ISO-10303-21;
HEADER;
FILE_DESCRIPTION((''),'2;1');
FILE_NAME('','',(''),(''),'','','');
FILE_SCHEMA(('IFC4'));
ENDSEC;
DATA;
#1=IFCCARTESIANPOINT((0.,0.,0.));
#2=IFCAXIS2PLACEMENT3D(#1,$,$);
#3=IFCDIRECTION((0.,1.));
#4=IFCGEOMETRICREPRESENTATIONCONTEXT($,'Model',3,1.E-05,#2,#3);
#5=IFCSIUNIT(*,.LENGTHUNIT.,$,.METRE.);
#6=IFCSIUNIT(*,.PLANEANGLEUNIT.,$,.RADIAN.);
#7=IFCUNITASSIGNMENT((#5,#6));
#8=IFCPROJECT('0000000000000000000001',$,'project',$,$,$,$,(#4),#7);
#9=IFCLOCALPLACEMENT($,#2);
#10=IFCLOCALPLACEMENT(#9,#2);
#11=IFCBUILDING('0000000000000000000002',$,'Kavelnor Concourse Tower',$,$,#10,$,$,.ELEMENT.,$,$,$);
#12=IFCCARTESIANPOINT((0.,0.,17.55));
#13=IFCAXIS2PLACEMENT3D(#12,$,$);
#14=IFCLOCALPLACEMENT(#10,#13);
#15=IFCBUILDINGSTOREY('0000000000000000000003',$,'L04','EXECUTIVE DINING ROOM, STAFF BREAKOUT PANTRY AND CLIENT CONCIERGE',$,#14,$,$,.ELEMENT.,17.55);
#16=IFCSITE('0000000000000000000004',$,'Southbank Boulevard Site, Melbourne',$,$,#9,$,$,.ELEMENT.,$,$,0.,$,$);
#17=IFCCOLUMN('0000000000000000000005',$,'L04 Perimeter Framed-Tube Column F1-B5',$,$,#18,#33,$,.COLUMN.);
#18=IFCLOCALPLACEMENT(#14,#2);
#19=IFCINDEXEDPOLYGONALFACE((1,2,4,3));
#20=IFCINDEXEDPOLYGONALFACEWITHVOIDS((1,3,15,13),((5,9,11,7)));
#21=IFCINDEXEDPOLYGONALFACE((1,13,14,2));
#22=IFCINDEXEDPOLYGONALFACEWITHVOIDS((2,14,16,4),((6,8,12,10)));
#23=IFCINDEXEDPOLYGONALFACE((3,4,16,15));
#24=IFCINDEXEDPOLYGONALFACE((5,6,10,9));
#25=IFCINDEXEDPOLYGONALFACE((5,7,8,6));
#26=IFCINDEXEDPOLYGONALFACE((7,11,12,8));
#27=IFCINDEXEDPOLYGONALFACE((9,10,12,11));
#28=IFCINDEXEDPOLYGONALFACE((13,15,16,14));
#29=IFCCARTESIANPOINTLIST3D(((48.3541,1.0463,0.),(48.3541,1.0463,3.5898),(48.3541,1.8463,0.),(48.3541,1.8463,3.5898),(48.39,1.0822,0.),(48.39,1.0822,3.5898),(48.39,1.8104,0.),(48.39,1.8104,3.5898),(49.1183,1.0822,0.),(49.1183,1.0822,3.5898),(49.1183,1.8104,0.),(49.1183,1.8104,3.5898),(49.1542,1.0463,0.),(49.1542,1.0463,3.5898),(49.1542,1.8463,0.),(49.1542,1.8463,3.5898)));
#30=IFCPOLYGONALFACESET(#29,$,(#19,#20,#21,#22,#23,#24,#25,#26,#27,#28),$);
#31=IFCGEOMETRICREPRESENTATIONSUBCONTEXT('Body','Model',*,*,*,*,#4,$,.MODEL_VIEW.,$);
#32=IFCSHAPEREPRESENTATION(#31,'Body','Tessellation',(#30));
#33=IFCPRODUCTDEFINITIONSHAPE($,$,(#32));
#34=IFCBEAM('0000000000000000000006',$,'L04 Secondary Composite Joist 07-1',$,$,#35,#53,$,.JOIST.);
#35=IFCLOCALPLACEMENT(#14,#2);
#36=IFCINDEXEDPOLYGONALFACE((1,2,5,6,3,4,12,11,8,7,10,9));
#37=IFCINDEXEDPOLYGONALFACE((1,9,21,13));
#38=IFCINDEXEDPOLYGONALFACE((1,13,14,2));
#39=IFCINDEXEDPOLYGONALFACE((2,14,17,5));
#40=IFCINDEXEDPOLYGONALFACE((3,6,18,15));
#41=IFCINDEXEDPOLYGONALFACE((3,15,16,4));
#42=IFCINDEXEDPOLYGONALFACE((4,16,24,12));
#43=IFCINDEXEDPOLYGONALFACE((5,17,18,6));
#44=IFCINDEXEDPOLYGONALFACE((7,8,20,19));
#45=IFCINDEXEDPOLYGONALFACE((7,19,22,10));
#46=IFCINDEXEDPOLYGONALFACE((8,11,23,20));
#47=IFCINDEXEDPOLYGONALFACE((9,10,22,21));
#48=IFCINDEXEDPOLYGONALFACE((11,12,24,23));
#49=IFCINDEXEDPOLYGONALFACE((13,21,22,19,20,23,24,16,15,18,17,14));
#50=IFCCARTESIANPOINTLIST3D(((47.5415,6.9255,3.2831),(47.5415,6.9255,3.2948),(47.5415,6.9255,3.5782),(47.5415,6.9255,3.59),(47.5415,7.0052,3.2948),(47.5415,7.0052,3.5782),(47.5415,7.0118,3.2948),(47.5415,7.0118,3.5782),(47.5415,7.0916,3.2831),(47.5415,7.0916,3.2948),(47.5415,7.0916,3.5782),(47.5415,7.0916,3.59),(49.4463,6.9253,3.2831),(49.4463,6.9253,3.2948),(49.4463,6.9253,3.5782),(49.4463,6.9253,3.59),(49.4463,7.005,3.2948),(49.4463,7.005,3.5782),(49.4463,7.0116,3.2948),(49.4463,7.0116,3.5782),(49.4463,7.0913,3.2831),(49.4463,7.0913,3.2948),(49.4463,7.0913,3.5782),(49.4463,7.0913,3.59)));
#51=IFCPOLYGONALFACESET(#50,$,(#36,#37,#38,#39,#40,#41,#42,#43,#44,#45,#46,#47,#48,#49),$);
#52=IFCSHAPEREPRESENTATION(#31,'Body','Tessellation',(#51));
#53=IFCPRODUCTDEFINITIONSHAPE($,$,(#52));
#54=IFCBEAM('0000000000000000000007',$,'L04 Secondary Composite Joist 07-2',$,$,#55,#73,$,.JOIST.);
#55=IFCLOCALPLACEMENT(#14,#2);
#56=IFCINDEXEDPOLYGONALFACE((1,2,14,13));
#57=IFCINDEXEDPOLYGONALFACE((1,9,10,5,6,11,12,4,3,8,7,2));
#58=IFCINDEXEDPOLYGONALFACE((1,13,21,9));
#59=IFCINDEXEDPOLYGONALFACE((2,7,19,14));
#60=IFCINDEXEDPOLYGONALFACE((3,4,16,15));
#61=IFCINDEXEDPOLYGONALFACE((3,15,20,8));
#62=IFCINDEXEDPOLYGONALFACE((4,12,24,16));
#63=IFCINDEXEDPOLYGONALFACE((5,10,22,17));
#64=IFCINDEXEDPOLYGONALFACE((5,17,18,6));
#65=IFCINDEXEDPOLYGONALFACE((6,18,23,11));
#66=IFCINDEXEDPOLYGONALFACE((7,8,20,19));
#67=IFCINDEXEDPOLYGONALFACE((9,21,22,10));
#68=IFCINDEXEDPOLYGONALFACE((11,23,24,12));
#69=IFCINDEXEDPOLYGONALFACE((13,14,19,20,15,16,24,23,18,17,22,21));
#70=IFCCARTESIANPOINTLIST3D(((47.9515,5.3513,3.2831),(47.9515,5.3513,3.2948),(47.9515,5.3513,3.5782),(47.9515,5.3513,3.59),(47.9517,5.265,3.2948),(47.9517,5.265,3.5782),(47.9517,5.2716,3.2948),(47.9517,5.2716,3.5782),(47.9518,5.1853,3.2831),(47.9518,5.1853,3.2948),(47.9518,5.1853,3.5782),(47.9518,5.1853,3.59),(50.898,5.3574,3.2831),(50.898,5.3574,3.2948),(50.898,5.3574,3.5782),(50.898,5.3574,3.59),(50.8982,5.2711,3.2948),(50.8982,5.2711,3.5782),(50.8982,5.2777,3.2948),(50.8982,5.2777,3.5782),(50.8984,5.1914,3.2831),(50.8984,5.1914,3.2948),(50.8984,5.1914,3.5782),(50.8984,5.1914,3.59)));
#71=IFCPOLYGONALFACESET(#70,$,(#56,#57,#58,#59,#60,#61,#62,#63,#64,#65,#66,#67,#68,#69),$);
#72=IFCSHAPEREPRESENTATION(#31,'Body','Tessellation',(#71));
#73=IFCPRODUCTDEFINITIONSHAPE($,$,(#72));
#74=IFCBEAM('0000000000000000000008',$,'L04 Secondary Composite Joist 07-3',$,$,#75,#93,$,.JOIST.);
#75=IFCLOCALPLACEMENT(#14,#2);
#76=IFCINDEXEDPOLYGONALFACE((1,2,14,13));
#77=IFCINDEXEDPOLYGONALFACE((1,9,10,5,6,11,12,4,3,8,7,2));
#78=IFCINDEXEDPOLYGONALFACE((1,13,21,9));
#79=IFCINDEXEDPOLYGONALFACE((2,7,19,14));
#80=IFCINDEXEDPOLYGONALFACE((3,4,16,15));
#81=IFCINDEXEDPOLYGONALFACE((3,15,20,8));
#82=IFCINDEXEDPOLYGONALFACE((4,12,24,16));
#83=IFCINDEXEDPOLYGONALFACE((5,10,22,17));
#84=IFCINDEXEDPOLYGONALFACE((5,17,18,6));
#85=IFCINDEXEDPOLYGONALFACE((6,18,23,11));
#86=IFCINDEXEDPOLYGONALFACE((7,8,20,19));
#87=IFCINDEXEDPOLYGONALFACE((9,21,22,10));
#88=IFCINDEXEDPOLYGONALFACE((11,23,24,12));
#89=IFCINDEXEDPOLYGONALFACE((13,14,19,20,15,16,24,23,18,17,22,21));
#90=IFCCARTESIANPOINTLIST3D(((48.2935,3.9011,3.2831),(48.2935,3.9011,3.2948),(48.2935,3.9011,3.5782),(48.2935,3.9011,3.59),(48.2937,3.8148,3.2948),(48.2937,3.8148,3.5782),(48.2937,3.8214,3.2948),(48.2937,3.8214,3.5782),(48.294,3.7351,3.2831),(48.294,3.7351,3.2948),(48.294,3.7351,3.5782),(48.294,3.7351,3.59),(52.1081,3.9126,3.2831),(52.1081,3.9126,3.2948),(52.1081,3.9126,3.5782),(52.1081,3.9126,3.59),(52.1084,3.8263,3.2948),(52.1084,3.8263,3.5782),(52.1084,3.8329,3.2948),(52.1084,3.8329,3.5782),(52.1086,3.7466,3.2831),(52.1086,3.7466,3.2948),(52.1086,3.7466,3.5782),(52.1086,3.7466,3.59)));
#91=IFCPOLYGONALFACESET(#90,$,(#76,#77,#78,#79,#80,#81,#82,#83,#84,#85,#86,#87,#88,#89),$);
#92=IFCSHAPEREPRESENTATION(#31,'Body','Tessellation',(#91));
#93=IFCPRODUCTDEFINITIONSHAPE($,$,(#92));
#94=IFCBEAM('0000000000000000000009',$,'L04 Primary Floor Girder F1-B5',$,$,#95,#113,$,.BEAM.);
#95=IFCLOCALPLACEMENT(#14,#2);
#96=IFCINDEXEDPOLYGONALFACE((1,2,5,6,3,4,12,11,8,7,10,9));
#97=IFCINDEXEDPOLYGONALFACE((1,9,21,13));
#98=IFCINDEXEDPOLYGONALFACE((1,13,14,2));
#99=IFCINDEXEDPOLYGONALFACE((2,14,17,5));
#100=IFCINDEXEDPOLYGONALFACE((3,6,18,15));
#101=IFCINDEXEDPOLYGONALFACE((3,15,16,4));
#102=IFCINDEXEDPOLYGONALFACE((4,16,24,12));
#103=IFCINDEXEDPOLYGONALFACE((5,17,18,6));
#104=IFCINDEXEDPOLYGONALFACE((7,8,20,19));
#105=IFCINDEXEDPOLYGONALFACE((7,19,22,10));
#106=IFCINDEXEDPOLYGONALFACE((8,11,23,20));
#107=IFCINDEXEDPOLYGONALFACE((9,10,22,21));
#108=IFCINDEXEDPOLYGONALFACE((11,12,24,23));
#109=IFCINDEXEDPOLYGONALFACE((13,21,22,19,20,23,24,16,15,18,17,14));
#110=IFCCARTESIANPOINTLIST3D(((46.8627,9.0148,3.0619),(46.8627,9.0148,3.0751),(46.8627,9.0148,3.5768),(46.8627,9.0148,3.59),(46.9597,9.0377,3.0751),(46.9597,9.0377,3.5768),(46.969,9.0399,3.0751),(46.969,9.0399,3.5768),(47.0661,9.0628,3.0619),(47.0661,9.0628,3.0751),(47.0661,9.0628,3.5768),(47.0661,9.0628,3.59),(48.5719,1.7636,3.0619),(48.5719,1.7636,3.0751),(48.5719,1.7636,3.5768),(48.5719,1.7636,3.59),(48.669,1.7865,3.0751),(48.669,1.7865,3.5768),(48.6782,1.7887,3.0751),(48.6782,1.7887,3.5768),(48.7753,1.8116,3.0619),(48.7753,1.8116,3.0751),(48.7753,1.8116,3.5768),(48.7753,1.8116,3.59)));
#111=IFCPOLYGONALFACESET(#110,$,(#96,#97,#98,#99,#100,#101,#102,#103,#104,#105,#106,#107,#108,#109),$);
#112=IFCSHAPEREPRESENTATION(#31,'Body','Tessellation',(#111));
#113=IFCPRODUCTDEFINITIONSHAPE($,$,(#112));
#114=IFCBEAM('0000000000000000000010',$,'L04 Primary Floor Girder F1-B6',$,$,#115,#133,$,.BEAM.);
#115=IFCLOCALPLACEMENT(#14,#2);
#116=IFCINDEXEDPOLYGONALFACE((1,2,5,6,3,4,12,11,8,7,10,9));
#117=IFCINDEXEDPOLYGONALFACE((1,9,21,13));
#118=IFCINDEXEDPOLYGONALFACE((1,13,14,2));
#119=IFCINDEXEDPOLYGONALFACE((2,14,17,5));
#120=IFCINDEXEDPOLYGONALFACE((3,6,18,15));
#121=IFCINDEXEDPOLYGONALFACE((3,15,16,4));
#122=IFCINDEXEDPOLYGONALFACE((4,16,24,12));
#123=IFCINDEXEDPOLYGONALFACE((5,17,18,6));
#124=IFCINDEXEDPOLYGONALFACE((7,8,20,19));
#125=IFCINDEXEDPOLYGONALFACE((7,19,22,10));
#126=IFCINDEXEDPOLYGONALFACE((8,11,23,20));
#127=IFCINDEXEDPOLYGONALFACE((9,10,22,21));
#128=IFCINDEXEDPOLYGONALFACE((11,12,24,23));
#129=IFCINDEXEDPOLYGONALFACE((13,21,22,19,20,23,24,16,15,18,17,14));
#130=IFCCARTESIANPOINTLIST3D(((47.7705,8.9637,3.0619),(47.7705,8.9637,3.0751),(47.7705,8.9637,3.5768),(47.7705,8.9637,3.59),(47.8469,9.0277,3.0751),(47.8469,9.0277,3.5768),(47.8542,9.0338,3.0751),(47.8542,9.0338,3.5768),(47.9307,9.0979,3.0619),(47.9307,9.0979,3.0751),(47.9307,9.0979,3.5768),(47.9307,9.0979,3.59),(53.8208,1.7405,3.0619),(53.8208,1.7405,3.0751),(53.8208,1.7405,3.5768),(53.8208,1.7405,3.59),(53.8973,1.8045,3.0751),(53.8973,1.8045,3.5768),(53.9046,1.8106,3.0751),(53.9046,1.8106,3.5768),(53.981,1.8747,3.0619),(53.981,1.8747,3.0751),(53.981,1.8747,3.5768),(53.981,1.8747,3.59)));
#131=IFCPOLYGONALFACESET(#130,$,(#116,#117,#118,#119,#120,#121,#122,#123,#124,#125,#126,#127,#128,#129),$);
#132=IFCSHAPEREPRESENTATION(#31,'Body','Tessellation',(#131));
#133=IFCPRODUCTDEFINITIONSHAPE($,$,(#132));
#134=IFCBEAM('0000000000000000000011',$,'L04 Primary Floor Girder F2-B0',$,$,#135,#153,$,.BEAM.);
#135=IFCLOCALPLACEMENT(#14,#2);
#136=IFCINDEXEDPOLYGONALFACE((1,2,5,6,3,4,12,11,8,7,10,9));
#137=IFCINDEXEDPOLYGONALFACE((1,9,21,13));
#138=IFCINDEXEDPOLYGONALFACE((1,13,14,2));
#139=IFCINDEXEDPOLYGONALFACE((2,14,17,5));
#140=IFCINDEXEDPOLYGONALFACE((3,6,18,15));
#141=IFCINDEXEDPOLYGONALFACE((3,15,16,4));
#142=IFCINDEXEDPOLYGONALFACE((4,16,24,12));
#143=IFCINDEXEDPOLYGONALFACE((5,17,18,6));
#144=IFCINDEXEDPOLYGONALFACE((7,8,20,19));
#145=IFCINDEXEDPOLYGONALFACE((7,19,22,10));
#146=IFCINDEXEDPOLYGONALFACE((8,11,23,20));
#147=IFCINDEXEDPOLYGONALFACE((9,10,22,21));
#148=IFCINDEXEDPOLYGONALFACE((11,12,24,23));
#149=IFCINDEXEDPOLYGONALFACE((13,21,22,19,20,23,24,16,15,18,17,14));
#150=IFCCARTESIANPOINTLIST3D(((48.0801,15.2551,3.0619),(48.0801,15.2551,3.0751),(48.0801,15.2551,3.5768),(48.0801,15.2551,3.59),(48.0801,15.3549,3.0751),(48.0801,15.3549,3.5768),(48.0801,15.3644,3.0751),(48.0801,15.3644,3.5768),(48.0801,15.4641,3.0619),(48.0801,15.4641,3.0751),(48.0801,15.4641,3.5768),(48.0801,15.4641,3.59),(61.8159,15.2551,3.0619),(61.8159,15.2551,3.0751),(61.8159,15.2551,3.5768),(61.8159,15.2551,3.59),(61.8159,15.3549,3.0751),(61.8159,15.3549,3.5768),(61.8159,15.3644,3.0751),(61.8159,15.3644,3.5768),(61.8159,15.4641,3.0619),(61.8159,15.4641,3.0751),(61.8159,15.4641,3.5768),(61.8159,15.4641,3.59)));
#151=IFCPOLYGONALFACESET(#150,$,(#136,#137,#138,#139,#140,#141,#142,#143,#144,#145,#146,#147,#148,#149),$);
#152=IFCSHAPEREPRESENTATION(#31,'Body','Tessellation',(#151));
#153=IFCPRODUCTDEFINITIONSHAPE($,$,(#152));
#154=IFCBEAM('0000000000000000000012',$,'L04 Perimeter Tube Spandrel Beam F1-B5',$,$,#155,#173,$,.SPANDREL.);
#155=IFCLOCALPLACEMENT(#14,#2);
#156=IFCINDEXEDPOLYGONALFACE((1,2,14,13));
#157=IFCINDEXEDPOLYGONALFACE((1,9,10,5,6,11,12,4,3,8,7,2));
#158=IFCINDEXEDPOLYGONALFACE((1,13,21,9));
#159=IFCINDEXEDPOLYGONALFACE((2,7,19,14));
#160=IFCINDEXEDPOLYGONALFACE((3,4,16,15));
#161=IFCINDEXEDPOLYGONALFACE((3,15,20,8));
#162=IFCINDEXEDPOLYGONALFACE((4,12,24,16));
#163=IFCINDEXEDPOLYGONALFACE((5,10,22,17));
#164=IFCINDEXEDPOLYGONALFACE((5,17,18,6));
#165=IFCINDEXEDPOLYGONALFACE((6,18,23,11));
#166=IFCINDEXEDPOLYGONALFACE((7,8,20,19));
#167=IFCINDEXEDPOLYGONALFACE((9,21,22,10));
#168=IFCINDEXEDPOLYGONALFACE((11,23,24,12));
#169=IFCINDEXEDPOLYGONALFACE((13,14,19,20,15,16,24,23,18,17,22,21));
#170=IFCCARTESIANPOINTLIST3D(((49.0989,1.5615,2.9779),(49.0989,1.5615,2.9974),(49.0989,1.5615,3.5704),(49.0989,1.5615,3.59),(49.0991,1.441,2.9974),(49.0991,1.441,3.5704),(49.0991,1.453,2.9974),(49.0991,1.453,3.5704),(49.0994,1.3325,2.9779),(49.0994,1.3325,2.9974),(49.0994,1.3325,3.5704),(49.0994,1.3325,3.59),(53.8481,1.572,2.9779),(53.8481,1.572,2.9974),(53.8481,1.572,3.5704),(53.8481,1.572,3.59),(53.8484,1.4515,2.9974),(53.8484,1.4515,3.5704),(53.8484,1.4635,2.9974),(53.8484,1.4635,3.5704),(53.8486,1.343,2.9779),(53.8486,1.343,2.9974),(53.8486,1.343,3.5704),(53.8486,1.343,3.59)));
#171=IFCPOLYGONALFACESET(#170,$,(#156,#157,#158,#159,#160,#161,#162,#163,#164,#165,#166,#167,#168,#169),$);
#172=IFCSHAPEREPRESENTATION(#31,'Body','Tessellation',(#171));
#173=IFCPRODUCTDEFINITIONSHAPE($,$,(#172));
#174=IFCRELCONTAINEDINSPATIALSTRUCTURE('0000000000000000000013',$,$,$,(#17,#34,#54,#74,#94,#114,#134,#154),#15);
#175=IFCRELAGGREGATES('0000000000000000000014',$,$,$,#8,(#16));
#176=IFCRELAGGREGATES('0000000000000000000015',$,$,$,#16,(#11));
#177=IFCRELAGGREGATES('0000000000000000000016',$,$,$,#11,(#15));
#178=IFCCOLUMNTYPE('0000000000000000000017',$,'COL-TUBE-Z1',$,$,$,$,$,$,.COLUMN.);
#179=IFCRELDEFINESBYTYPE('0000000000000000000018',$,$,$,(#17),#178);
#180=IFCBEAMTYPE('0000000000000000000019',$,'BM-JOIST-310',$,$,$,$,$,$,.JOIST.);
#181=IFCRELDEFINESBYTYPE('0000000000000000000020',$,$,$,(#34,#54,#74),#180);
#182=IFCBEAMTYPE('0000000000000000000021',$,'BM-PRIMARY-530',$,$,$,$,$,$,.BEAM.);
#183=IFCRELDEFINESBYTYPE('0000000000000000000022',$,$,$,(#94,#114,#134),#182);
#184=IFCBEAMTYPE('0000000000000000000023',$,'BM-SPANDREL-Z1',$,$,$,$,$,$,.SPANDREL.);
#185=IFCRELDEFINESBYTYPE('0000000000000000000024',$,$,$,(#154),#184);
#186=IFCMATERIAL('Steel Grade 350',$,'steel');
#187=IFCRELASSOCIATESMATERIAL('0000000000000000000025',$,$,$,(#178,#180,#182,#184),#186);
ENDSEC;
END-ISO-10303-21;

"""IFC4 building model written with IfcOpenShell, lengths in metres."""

from ifc_helpers import new_model, si_unit, direction, frame, origin, origin_2d, place, context, subcontext, project, spatial, hollow_rectangle, i_section, extrude, material, material_profile, profile_set, type_object, element, save


model = new_model("IFC4")

# Units and contexts
model_context = context("Model", 3, precision=1e-05, world=origin(), true_north=direction((0.0, 1.0)))
body_context = subcontext(model_context, "Body", "Model", "MODEL_VIEW")
ifc_project = project(units=[si_unit("LENGTHUNIT", "METRE"), si_unit("PLANEANGLEUNIT", "RADIAN")], contexts=[model_context])

# Site, building, storey
site_placement = place(None, origin())
site = spatial("IfcSite", under=ifc_project, at=site_placement, Name="Southbank Boulevard Site, Melbourne", CompositionType="ELEMENT", RefElevation=0.0)
building_placement = place(site_placement, origin())
building = spatial("IfcBuilding", under=site, at=building_placement, Name="Kavelnor Concourse Tower", CompositionType="ELEMENT")
storey_placement = place(building_placement, frame((0.0, 0.0, 17.55)))
storey = spatial("IfcBuildingStorey", under=building, at=storey_placement, Name="L04", Description="EXECUTIVE DINING ROOM, STAFF BREAKOUT PANTRY AND CLIENT CONCIERGE", CompositionType="ELEMENT", Elevation=17.55)

# Column
ifc_material_1 = material(Name="Steel Grade 350", Category="steel")
ifc_material_profile_1 = material_profile(ifc_material_1, hollow_rectangle(XDim=0.8, YDim=0.8, WallThickness=0.0359, at=origin_2d()), Name="SHS 800x800x36")
ifc_profile_set_1 = profile_set([ifc_material_profile_1], Name="Steel Grade 350")
column_type = type_object("IfcColumnType", Name="COL-TUBE-Z1", PredefinedType="COLUMN", material=ifc_profile_set_1)
column_placement = place(storey_placement, frame((48.7542, 1.4463, 0.0), z_axis=(0.0, 0.0, 1.0), x_axis=(1.0, 0.0, 0.0)))
element("IfcColumn", 1, at=column_placement, inside=storey, type_object=column_type, Name="L04 Perimeter Framed-Tube Column F1-B5", PredefinedType="COLUMN", context=body_context, shape_type="SweptSolid", body=[
    extrude(hollow_rectangle(XDim=0.8, YDim=0.8, WallThickness=0.0359, at=origin_2d()), origin(), (0.0, 0.0, 1.0), 3.5898),
])

# Beams
ifc_material_profile_2 = material_profile(ifc_material_1, i_section(OverallWidth=0.166, OverallDepth=0.3069, WebThickness=0.0066, FlangeThickness=0.0117, at=origin_2d()), Name="310UB46")
ifc_profile_set_2 = profile_set([ifc_material_profile_2], Name="Steel Grade 350")
beam_type_1 = type_object("IfcBeamType", Name="BM-JOIST-310", PredefinedType="JOIST", material=ifc_profile_set_2)
beam_1_placement = place(storey_placement, frame((47.5415, 7.0085, 3.4365), z_axis=(1.0, -0.000128, 0.0), x_axis=(0.000128, 1.0, 0.0)))
element("IfcBeam", 2, at=beam_1_placement, inside=storey, type_object=beam_type_1, Name="L04 Secondary Composite Joist 07-1", PredefinedType="JOIST", context=body_context, shape_type="SweptSolid", body=[
    extrude(i_section(OverallWidth=0.166, OverallDepth=0.3069, WebThickness=0.0066, FlangeThickness=0.0117, at=origin_2d()), origin(), (0.0, 0.0, 1.0), 1.9048),
])
beam_2_placement = place(storey_placement, frame((47.9517, 5.2683, 3.4365), z_axis=(0.999998, 0.002071, 0.0), x_axis=(-0.002071, 0.999998, 0.0)))
element("IfcBeam", 3, at=beam_2_placement, inside=storey, type_object=beam_type_1, Name="L04 Secondary Composite Joist 07-2", PredefinedType="JOIST", context=body_context, shape_type="SweptSolid", body=[
    extrude(i_section(OverallWidth=0.166, OverallDepth=0.3069, WebThickness=0.0066, FlangeThickness=0.0117, at=origin_2d()), origin(), (0.0, 0.0, 1.0), 2.9465),
])
beam_3_placement = place(storey_placement, frame((48.2937, 3.8181, 3.4365), z_axis=(0.999995, 0.003008, 0.0), x_axis=(-0.003008, 0.999995, 0.0)))
element("IfcBeam", 4, at=beam_3_placement, inside=storey, type_object=beam_type_1, Name="L04 Secondary Composite Joist 07-3", PredefinedType="JOIST", context=body_context, shape_type="SweptSolid", body=[
    extrude(i_section(OverallWidth=0.166, OverallDepth=0.3069, WebThickness=0.0066, FlangeThickness=0.0117, at=origin_2d()), origin(), (0.0, 0.0, 1.0), 3.8147),
])
ifc_material_profile_3 = material_profile(ifc_material_1, i_section(OverallWidth=0.209, OverallDepth=0.5281, WebThickness=0.0095, FlangeThickness=0.0132, at=origin_2d()), Name="530UB82")
ifc_profile_set_3 = profile_set([ifc_material_profile_3], Name="Steel Grade 350")
beam_type_2 = type_object("IfcBeamType", Name="BM-PRIMARY-530", PredefinedType="BEAM", material=ifc_profile_set_3)
beam_4_placement = place(storey_placement, frame((46.9644, 9.0388, 3.3259), z_axis=(0.229428, -0.973326, 0.0), x_axis=(0.973326, 0.229428, 0.0)))
element("IfcBeam", 5, at=beam_4_placement, inside=storey, type_object=beam_type_2, Name="L04 Primary Floor Girder F1-B5", PredefinedType="BEAM", context=body_context, shape_type="SweptSolid", body=[
    extrude(i_section(OverallWidth=0.209, OverallDepth=0.5281, WebThickness=0.0095, FlangeThickness=0.0132, at=origin_2d()), origin(), (0.0, 0.0, 1.0), 7.45),
])
beam_5_placement = place(storey_placement, frame((47.8506, 9.0308, 3.3259), z_axis=(0.642124, -0.7666, 0.0), x_axis=(0.7666, 0.642124, 0.0)))
element("IfcBeam", 6, at=beam_5_placement, inside=storey, type_object=beam_type_2, Name="L04 Primary Floor Girder F1-B6", PredefinedType="BEAM", context=body_context, shape_type="SweptSolid", body=[
    extrude(i_section(OverallWidth=0.209, OverallDepth=0.5281, WebThickness=0.0095, FlangeThickness=0.0132, at=origin_2d()), origin(), (0.0, 0.0, 1.0), 9.4224),
])
beam_6_placement = place(storey_placement, frame((48.0801, 15.3596, 3.3259), z_axis=(1.0, 0.0, 0.0), x_axis=(0.0, 1.0, 0.0)))
element("IfcBeam", 7, at=beam_6_placement, inside=storey, type_object=beam_type_2, Name="L04 Primary Floor Girder F2-B0", PredefinedType="BEAM", context=body_context, shape_type="SweptSolid", body=[
    extrude(i_section(OverallWidth=0.209, OverallDepth=0.5281, WebThickness=0.0095, FlangeThickness=0.0132, at=origin_2d()), origin(), (0.0, 0.0, 1.0), 13.7358),
])
ifc_material_profile_4 = material_profile(ifc_material_1, i_section(OverallWidth=0.229, OverallDepth=0.6121, WebThickness=0.012, FlangeThickness=0.0195, at=origin_2d()), Name="610UB125")
ifc_profile_set_4 = profile_set([ifc_material_profile_4], Name="Steel Grade 350")
beam_type_3 = type_object("IfcBeamType", Name="BM-SPANDREL-Z1", PredefinedType="SPANDREL", material=ifc_profile_set_4)
beam_7_placement = place(storey_placement, frame((49.0991, 1.447, 3.2839), z_axis=(0.999998, 0.00221, 0.0), x_axis=(-0.00221, 0.999998, 0.0)))
element("IfcBeam", 8, at=beam_7_placement, inside=storey, type_object=beam_type_3, Name="L04 Perimeter Tube Spandrel Beam F1-B5", PredefinedType="SPANDREL", context=body_context, shape_type="SweptSolid", body=[
    extrude(i_section(OverallWidth=0.229, OverallDepth=0.6121, WebThickness=0.012, FlangeThickness=0.0195, at=origin_2d()), origin(), (0.0, 0.0, 1.0), 4.7493),
])

save(model, "model.ifc")
